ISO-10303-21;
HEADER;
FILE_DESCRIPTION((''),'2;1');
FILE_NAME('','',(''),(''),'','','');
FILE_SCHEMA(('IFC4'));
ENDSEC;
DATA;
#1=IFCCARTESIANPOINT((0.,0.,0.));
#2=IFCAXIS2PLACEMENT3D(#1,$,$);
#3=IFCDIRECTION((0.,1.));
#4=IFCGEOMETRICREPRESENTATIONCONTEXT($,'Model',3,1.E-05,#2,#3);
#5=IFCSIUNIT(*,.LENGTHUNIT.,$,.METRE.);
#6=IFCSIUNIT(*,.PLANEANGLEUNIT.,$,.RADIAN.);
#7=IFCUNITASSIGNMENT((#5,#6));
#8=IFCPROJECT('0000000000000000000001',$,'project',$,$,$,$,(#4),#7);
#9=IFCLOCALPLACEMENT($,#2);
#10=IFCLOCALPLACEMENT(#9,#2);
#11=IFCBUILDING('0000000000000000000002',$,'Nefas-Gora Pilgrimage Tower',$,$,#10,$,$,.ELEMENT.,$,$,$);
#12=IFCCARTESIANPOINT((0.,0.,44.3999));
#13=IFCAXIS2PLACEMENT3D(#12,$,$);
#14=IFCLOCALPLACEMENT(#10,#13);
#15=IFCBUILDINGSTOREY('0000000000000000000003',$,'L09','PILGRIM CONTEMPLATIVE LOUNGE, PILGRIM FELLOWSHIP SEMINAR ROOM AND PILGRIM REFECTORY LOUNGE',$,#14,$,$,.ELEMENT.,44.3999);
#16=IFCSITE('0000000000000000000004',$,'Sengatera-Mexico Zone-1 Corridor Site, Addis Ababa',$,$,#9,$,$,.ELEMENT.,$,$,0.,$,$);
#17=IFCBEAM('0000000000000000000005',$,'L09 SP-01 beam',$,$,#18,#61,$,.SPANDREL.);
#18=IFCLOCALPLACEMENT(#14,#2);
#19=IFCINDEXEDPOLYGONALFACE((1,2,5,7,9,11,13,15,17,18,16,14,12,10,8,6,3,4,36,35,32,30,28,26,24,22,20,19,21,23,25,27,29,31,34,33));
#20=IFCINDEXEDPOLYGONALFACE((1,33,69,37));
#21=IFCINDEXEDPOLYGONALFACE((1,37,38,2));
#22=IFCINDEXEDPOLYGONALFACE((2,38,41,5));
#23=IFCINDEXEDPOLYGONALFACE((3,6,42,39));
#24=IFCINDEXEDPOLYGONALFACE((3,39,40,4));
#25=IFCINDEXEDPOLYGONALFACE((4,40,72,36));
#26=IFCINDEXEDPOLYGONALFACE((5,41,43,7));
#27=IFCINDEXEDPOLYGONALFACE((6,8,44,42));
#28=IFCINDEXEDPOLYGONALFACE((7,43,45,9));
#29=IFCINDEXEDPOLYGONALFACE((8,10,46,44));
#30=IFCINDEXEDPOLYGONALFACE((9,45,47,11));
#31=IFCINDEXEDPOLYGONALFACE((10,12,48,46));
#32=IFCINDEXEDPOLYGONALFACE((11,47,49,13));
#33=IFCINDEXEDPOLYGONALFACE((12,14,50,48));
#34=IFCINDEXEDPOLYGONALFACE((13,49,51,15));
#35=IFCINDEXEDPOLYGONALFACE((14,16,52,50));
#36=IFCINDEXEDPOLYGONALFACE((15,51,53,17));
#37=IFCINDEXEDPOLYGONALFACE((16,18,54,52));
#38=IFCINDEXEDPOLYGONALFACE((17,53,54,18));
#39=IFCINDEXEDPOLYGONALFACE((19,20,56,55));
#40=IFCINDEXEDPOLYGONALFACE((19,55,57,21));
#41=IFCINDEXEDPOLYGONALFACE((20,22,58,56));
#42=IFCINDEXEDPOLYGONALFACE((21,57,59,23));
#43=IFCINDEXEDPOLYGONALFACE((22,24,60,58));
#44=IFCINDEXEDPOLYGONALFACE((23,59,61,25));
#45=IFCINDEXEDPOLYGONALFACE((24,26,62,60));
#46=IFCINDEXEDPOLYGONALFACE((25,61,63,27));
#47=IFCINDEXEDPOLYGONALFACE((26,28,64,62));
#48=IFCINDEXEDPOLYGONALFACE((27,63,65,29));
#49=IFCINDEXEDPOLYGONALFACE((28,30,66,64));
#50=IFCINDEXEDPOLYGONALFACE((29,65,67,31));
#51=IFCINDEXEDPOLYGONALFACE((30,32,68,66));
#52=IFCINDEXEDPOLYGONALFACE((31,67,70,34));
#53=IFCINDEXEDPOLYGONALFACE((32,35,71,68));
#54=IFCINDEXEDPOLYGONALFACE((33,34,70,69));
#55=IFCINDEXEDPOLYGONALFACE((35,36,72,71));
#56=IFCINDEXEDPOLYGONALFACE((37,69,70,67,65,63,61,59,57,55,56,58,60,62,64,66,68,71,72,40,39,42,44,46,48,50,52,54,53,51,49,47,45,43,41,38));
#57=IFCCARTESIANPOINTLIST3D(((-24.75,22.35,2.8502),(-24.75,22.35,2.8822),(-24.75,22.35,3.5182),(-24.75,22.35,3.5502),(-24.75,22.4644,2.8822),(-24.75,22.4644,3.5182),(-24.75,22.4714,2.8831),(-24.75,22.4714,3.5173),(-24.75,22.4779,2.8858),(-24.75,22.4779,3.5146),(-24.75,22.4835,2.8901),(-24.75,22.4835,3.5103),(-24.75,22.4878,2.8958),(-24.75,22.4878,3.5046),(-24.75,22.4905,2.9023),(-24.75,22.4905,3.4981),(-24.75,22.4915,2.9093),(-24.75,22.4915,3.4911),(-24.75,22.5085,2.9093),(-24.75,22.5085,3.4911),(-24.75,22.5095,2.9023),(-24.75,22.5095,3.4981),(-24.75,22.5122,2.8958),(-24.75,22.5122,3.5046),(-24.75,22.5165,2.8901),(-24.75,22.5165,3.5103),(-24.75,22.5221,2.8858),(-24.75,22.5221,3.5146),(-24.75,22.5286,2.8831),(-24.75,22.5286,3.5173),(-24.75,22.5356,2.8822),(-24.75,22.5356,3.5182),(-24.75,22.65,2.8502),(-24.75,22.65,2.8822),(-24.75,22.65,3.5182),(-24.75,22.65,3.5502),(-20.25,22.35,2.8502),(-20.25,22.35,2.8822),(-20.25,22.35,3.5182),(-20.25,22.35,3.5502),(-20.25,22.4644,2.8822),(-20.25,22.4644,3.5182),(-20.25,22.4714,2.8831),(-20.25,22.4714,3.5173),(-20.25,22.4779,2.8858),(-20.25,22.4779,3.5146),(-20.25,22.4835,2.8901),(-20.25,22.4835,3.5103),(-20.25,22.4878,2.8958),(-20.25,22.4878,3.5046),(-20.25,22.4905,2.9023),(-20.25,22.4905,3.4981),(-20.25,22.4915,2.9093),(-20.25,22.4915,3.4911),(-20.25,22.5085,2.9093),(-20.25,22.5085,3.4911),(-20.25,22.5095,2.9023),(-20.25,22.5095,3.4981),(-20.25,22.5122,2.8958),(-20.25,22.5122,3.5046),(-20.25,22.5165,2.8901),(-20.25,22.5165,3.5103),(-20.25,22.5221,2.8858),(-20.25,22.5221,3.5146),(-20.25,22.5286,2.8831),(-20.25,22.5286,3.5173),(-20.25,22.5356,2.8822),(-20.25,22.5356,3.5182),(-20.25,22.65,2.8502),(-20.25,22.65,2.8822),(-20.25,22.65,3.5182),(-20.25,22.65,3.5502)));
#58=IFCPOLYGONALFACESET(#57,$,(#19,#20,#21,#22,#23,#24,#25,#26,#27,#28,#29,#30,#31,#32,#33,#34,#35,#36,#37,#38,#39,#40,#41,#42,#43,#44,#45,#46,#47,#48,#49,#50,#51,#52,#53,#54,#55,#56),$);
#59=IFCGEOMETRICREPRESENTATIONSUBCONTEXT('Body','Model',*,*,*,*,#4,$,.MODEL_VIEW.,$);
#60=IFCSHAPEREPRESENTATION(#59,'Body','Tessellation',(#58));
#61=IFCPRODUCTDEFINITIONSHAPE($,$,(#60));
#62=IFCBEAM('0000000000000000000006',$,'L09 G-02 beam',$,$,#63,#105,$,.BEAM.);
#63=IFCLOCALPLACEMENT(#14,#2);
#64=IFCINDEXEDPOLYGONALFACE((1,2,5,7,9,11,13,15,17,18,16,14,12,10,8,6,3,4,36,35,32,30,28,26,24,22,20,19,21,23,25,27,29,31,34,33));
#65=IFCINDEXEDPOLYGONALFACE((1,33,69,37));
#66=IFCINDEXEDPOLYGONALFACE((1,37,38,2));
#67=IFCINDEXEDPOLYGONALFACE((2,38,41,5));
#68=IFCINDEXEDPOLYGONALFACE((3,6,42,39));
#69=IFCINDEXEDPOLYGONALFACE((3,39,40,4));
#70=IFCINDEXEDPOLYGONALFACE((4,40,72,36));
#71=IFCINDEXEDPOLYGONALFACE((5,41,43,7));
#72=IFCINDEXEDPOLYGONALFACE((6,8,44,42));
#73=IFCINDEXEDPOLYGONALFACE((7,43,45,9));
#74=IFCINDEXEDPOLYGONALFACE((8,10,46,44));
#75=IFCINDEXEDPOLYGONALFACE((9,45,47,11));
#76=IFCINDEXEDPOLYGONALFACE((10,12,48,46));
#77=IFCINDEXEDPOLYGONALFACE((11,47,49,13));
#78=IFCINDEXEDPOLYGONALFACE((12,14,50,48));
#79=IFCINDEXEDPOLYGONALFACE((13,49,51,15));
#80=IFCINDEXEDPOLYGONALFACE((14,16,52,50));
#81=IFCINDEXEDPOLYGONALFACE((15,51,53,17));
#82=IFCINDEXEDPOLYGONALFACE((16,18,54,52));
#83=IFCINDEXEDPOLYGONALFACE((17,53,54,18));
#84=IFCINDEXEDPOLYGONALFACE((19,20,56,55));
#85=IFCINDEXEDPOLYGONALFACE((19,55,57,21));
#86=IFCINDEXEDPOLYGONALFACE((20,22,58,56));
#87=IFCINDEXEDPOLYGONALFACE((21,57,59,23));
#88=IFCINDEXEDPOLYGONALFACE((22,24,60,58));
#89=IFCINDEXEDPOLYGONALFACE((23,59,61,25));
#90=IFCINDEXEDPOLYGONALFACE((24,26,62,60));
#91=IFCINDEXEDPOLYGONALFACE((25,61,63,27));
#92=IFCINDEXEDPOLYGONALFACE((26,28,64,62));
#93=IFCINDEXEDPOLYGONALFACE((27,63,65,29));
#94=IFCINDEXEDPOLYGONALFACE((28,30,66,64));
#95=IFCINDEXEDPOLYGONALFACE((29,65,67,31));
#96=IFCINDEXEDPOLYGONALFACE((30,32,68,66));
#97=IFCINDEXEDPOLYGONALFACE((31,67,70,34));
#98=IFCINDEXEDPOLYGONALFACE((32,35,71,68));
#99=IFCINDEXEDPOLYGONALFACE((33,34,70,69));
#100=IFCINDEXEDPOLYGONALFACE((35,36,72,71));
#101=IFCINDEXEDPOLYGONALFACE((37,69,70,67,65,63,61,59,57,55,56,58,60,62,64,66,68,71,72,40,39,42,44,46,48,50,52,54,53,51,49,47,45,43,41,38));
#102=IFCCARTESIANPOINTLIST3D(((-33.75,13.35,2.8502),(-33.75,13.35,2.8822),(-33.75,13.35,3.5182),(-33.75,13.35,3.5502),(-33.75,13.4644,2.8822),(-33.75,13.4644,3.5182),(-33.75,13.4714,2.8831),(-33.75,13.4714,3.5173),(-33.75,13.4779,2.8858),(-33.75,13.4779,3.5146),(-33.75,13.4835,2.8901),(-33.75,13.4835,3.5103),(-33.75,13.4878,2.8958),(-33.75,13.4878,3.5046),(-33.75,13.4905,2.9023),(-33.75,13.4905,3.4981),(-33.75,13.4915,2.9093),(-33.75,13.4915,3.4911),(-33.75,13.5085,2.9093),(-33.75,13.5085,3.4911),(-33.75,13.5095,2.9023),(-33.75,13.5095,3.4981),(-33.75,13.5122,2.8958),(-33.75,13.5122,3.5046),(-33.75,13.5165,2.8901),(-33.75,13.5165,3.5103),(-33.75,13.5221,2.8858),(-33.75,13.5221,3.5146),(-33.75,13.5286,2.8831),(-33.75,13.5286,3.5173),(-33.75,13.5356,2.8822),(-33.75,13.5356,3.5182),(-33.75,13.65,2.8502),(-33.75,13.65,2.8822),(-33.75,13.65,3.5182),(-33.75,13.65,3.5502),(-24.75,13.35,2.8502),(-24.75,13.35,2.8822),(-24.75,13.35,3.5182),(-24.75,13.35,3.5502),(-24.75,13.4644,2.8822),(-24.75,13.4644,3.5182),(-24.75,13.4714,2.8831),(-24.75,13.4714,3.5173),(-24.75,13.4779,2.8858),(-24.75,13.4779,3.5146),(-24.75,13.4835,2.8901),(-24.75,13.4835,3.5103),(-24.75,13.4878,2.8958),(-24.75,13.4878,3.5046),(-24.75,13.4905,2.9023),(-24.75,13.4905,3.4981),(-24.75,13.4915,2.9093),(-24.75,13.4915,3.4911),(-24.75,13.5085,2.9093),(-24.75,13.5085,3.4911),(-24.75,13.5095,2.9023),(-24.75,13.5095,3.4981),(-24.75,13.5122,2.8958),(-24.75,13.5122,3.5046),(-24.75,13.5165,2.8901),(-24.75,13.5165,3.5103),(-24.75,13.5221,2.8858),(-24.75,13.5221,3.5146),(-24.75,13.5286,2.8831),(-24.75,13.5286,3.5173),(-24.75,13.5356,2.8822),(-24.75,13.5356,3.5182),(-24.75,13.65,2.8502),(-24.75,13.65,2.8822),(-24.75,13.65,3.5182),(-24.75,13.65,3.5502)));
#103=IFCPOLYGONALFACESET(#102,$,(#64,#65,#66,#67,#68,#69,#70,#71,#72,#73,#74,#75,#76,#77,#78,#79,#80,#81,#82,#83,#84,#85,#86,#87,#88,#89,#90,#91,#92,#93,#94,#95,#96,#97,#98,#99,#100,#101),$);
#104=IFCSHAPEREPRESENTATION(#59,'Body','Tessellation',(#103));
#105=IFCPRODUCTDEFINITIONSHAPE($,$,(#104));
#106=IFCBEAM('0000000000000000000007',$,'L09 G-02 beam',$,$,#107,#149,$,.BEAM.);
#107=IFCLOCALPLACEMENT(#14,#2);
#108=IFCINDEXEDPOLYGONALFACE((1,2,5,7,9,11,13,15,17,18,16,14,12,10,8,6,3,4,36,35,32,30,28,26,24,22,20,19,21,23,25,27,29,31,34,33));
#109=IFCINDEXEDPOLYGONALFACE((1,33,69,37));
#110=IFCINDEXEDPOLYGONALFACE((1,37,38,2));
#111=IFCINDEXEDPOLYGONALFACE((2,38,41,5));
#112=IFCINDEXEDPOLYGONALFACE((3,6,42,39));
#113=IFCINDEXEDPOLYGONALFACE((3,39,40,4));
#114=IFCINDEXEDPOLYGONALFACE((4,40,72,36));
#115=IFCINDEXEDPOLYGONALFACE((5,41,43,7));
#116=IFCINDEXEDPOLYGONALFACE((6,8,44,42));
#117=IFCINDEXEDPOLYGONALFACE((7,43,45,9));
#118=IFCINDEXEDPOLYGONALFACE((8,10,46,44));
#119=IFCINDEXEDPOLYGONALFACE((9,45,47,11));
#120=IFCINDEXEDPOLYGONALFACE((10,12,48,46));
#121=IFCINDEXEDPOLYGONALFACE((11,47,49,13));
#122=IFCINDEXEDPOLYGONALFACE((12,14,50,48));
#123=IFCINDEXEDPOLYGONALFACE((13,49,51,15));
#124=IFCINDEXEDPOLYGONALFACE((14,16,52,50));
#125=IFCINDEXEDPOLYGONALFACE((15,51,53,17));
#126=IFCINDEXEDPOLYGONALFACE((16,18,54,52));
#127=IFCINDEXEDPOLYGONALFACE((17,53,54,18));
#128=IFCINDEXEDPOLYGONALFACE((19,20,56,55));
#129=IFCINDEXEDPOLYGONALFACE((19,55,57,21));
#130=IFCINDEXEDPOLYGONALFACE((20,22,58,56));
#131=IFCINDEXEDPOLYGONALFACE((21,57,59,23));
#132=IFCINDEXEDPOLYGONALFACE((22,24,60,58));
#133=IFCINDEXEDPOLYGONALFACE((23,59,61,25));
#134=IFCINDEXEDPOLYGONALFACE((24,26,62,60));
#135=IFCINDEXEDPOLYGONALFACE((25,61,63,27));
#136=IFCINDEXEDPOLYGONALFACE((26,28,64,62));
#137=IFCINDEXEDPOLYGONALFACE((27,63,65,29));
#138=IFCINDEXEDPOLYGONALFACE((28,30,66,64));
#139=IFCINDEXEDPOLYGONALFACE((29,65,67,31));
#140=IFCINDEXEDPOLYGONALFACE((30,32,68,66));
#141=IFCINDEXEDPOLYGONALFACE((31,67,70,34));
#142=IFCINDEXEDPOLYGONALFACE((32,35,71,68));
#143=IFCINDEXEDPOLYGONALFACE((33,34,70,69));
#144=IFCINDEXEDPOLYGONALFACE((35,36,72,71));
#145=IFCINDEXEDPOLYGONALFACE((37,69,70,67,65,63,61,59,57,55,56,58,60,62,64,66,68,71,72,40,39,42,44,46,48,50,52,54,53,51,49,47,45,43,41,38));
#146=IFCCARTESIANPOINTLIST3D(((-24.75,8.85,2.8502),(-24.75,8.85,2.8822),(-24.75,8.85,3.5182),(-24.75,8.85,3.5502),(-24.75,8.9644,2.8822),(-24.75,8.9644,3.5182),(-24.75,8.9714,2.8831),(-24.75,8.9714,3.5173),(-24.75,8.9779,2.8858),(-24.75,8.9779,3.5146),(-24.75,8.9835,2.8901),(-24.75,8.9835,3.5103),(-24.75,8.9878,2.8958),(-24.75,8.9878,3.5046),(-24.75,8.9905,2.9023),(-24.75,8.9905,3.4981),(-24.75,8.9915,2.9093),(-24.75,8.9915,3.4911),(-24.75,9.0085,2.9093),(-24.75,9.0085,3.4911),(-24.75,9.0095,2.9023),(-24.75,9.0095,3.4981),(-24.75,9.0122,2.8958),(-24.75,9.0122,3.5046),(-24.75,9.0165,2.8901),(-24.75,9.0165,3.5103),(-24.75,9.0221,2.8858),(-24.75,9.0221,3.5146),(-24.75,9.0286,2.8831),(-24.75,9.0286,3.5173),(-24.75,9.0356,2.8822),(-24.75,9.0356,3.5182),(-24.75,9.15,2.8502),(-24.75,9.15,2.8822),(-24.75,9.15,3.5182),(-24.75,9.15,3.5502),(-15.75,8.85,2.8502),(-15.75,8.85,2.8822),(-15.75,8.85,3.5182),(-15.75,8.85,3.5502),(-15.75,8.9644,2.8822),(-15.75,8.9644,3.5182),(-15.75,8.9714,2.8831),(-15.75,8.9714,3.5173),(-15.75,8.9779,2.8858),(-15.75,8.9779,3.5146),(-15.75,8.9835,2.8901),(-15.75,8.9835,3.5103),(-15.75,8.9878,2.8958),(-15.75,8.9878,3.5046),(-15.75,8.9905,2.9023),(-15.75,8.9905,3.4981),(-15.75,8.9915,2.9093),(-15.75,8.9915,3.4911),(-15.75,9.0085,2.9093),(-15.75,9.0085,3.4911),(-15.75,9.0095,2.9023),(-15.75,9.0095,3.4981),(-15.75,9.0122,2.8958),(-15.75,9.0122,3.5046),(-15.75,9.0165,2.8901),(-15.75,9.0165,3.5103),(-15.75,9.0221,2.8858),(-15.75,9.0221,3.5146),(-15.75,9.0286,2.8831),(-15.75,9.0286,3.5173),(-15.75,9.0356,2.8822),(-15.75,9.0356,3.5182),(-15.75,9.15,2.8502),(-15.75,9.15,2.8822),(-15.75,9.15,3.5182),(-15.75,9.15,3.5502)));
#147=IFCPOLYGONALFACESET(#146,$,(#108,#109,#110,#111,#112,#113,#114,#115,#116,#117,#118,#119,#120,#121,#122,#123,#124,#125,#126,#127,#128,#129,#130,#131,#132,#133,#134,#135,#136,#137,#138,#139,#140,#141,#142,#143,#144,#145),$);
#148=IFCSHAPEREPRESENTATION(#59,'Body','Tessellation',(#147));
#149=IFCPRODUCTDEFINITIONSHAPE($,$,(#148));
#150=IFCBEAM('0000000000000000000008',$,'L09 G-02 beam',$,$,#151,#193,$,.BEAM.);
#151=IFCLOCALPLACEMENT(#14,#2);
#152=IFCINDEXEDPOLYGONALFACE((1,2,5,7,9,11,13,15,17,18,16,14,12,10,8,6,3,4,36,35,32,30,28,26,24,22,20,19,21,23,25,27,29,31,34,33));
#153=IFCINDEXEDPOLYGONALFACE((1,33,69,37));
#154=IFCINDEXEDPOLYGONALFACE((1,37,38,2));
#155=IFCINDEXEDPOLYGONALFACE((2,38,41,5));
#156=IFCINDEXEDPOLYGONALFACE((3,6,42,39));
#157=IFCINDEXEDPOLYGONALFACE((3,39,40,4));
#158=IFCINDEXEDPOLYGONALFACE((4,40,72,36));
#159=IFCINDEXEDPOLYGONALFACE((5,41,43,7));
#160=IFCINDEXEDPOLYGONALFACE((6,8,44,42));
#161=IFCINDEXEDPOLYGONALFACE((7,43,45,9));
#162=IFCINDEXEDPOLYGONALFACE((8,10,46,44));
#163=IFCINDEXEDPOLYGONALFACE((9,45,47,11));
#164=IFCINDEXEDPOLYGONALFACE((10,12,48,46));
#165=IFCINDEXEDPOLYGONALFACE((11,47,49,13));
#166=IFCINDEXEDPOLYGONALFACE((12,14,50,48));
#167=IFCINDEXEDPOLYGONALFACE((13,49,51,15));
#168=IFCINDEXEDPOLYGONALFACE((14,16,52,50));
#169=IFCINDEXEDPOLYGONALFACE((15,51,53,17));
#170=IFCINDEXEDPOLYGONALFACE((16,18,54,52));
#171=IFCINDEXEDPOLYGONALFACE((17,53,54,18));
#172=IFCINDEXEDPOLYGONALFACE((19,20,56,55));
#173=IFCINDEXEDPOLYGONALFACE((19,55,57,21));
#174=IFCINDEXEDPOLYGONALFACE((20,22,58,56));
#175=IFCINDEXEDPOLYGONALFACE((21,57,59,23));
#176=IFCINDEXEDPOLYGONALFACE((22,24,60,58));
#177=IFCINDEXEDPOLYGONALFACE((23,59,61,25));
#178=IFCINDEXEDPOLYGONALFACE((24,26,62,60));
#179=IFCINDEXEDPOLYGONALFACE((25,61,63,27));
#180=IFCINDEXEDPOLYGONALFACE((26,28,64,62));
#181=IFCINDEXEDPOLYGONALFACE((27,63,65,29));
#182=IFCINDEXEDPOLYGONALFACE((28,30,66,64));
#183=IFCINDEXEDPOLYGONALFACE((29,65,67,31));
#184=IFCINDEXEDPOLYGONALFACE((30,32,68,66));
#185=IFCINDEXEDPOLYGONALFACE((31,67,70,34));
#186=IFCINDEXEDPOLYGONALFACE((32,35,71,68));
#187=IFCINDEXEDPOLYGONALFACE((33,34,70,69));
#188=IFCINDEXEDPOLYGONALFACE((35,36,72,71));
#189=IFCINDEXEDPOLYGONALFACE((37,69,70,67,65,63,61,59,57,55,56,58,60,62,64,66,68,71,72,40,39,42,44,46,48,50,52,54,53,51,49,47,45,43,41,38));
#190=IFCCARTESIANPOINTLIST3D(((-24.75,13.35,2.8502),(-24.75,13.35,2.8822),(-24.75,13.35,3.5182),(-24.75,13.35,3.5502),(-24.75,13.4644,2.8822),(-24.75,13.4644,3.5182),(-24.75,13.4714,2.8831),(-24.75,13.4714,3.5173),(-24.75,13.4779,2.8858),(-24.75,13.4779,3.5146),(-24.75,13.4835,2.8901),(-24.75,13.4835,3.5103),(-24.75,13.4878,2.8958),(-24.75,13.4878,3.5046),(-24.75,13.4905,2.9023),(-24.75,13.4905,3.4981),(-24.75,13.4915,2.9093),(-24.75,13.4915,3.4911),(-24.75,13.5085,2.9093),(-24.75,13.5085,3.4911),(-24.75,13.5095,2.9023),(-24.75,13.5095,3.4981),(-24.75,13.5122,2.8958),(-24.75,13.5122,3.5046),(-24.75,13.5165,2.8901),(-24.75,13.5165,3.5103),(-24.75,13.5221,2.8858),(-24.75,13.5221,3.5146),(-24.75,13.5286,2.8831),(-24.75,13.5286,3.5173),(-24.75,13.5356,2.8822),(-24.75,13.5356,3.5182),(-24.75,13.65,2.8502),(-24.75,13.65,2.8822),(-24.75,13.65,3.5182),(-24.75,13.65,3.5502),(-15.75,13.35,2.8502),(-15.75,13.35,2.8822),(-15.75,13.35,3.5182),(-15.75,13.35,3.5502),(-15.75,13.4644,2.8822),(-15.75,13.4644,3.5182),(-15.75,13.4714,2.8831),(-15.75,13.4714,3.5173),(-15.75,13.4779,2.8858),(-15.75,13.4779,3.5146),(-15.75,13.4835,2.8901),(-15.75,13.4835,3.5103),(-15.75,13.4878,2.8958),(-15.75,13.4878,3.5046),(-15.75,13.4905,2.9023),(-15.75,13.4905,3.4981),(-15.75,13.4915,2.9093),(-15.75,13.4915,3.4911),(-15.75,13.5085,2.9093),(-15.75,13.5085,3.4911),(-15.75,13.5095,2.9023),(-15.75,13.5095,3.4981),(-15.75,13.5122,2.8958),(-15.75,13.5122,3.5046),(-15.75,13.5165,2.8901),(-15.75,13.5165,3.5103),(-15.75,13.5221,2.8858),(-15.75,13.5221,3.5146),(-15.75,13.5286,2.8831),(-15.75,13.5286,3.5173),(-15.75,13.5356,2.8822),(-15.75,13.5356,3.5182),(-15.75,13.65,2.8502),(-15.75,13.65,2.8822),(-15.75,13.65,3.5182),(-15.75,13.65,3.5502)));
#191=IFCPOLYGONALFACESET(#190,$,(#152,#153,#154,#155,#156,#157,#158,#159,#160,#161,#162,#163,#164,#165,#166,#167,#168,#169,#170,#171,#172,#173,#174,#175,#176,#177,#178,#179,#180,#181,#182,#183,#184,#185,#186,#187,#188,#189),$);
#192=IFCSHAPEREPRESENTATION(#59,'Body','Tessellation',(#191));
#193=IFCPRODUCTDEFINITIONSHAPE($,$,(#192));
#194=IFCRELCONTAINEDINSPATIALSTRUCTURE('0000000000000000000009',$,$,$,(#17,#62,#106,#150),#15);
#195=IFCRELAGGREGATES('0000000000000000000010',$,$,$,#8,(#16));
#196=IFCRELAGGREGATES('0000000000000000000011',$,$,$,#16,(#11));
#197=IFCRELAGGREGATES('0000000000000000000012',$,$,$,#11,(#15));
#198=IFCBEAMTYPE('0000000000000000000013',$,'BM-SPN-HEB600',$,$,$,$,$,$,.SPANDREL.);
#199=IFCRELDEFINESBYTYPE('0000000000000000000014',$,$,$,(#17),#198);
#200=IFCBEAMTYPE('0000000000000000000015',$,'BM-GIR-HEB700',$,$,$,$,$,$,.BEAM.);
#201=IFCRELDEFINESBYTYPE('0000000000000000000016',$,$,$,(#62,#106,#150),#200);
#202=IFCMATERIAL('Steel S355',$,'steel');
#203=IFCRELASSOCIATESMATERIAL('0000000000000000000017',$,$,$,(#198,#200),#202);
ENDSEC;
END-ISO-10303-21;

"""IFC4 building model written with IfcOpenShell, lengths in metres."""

from ifc_helpers import new_model, si_unit, direction, frame, origin, origin_2d, place, context, subcontext, project, spatial, i_section, extrude, source, transform, mapped, material, material_profile, profile_set, type_object, element, save


model = new_model("IFC4")

# Units and contexts
model_context = context("Model", 3, precision=1e-05, world=origin(), true_north=direction((0.0, 1.0)))
body_context = subcontext(model_context, "Body", "Model", "MODEL_VIEW")
ifc_project = project(units=[si_unit("LENGTHUNIT", "METRE"), si_unit("PLANEANGLEUNIT", "RADIAN")], contexts=[model_context])

# Site, building, storey
site_placement = place(None, origin())
site = spatial("IfcSite", under=ifc_project, at=site_placement, Name="Sengatera-Mexico Zone-1 Corridor Site, Addis Ababa", CompositionType="ELEMENT", RefElevation=0.0)
building_placement = place(site_placement, origin())
building = spatial("IfcBuilding", under=site, at=building_placement, Name="Nefas-Gora Pilgrimage Tower", CompositionType="ELEMENT")
storey_placement = place(building_placement, frame((0.0, 0.0, 44.3999)))
storey = spatial("IfcBuildingStorey", under=building, at=storey_placement, Name="L09", Description="PILGRIM CONTEMPLATIVE LOUNGE, PILGRIM FELLOWSHIP SEMINAR ROOM AND PILGRIM REFECTORY LOUNGE", CompositionType="ELEMENT", Elevation=44.3999)

# Beams
ifc_material_1 = material(Name="Steel S355", Category="steel")
ifc_material_profile_1 = material_profile(ifc_material_1, i_section(OverallWidth=0.3, OverallDepth=0.7, WebThickness=0.0171, FlangeThickness=0.032, FilletRadius=0.0271, at=origin_2d()), Name="HEB 700")
ifc_profile_set_1 = profile_set([ifc_material_profile_1], Name="Steel S355")
beam_type_1 = type_object("IfcBeamType", Name="BM-SPN-HEB600", PredefinedType="SPANDREL", material=ifc_profile_set_1)
shared_shape_1 = source(origin(), body_context, "Body", "SweptSolid", [
    extrude(i_section(OverallWidth=0.3, OverallDepth=0.7, WebThickness=0.0171, FlangeThickness=0.032, FilletRadius=0.0271, at=origin_2d()), origin(), (0.0, 0.0, 1.0), 4.5),
])
beam_placement = place(storey_placement, frame((-24.75, 22.5, 3.2002), z_axis=(1.0, 0.0, 0.0), x_axis=(0.0, 1.0, 0.0)))
element("IfcBeam", 1, at=beam_placement, inside=storey, type_object=beam_type_1, Name="L09 SP-01 beam", PredefinedType="SPANDREL", context=body_context, shape_type="MappedRepresentation", body=[
    mapped(shared_shape_1, transform((0.0, 0.0, 0.0), x_axis=(1.0, 0.0, 0.0), y_axis=(0.0, 1.0, 0.0), z_axis=(0.0, 0.0, 1.0), scale=1.0)),
])
ifc_material_profile_2 = material_profile(ifc_material_1, i_section(OverallWidth=0.3, OverallDepth=0.7, WebThickness=0.0171, FlangeThickness=0.032, FilletRadius=0.0271, at=origin_2d()), Name="HEB 700")
ifc_profile_set_2 = profile_set([ifc_material_profile_2], Name="Steel S355")
beam_type_2 = type_object("IfcBeamType", Name="BM-GIR-HEB700", PredefinedType="BEAM", material=ifc_profile_set_2)
shared_shape_2 = source(origin(), body_context, "Body", "SweptSolid", [
    extrude(i_section(OverallWidth=0.3, OverallDepth=0.7, WebThickness=0.0171, FlangeThickness=0.032, FilletRadius=0.0271, at=origin_2d()), origin(), (0.0, 0.0, 1.0), 9.0),
])
for number, where, z_axis, x_axis, name in (
    (2, (-33.75, 13.5, 3.2002), (1.0, 0.0, 0.0), (0.0, 1.0, 0.0), "L09 G-02 beam"),
    (3, (-24.75, 9.0, 3.2002), (1.0, 0.0, 0.0), (0.0, 1.0, 0.0), "L09 G-02 beam"),
    (4, (-24.75, 13.5, 3.2002), (1.0, 0.0, 0.0), (0.0, 1.0, 0.0), "L09 G-02 beam"),
):
    element("IfcBeam", number, at=place(storey_placement, frame(where, z_axis=z_axis, x_axis=x_axis)), inside=storey, type_object=beam_type_2, Name=name, PredefinedType="BEAM", context=body_context, shape_type="MappedRepresentation", body=[
        mapped(shared_shape_2, transform((0.0, 0.0, 0.0), x_axis=(1.0, 0.0, 0.0), y_axis=(0.0, 1.0, 0.0), z_axis=(0.0, 0.0, 1.0), scale=1.0)),
    ])

save(model, "model.ifc")
